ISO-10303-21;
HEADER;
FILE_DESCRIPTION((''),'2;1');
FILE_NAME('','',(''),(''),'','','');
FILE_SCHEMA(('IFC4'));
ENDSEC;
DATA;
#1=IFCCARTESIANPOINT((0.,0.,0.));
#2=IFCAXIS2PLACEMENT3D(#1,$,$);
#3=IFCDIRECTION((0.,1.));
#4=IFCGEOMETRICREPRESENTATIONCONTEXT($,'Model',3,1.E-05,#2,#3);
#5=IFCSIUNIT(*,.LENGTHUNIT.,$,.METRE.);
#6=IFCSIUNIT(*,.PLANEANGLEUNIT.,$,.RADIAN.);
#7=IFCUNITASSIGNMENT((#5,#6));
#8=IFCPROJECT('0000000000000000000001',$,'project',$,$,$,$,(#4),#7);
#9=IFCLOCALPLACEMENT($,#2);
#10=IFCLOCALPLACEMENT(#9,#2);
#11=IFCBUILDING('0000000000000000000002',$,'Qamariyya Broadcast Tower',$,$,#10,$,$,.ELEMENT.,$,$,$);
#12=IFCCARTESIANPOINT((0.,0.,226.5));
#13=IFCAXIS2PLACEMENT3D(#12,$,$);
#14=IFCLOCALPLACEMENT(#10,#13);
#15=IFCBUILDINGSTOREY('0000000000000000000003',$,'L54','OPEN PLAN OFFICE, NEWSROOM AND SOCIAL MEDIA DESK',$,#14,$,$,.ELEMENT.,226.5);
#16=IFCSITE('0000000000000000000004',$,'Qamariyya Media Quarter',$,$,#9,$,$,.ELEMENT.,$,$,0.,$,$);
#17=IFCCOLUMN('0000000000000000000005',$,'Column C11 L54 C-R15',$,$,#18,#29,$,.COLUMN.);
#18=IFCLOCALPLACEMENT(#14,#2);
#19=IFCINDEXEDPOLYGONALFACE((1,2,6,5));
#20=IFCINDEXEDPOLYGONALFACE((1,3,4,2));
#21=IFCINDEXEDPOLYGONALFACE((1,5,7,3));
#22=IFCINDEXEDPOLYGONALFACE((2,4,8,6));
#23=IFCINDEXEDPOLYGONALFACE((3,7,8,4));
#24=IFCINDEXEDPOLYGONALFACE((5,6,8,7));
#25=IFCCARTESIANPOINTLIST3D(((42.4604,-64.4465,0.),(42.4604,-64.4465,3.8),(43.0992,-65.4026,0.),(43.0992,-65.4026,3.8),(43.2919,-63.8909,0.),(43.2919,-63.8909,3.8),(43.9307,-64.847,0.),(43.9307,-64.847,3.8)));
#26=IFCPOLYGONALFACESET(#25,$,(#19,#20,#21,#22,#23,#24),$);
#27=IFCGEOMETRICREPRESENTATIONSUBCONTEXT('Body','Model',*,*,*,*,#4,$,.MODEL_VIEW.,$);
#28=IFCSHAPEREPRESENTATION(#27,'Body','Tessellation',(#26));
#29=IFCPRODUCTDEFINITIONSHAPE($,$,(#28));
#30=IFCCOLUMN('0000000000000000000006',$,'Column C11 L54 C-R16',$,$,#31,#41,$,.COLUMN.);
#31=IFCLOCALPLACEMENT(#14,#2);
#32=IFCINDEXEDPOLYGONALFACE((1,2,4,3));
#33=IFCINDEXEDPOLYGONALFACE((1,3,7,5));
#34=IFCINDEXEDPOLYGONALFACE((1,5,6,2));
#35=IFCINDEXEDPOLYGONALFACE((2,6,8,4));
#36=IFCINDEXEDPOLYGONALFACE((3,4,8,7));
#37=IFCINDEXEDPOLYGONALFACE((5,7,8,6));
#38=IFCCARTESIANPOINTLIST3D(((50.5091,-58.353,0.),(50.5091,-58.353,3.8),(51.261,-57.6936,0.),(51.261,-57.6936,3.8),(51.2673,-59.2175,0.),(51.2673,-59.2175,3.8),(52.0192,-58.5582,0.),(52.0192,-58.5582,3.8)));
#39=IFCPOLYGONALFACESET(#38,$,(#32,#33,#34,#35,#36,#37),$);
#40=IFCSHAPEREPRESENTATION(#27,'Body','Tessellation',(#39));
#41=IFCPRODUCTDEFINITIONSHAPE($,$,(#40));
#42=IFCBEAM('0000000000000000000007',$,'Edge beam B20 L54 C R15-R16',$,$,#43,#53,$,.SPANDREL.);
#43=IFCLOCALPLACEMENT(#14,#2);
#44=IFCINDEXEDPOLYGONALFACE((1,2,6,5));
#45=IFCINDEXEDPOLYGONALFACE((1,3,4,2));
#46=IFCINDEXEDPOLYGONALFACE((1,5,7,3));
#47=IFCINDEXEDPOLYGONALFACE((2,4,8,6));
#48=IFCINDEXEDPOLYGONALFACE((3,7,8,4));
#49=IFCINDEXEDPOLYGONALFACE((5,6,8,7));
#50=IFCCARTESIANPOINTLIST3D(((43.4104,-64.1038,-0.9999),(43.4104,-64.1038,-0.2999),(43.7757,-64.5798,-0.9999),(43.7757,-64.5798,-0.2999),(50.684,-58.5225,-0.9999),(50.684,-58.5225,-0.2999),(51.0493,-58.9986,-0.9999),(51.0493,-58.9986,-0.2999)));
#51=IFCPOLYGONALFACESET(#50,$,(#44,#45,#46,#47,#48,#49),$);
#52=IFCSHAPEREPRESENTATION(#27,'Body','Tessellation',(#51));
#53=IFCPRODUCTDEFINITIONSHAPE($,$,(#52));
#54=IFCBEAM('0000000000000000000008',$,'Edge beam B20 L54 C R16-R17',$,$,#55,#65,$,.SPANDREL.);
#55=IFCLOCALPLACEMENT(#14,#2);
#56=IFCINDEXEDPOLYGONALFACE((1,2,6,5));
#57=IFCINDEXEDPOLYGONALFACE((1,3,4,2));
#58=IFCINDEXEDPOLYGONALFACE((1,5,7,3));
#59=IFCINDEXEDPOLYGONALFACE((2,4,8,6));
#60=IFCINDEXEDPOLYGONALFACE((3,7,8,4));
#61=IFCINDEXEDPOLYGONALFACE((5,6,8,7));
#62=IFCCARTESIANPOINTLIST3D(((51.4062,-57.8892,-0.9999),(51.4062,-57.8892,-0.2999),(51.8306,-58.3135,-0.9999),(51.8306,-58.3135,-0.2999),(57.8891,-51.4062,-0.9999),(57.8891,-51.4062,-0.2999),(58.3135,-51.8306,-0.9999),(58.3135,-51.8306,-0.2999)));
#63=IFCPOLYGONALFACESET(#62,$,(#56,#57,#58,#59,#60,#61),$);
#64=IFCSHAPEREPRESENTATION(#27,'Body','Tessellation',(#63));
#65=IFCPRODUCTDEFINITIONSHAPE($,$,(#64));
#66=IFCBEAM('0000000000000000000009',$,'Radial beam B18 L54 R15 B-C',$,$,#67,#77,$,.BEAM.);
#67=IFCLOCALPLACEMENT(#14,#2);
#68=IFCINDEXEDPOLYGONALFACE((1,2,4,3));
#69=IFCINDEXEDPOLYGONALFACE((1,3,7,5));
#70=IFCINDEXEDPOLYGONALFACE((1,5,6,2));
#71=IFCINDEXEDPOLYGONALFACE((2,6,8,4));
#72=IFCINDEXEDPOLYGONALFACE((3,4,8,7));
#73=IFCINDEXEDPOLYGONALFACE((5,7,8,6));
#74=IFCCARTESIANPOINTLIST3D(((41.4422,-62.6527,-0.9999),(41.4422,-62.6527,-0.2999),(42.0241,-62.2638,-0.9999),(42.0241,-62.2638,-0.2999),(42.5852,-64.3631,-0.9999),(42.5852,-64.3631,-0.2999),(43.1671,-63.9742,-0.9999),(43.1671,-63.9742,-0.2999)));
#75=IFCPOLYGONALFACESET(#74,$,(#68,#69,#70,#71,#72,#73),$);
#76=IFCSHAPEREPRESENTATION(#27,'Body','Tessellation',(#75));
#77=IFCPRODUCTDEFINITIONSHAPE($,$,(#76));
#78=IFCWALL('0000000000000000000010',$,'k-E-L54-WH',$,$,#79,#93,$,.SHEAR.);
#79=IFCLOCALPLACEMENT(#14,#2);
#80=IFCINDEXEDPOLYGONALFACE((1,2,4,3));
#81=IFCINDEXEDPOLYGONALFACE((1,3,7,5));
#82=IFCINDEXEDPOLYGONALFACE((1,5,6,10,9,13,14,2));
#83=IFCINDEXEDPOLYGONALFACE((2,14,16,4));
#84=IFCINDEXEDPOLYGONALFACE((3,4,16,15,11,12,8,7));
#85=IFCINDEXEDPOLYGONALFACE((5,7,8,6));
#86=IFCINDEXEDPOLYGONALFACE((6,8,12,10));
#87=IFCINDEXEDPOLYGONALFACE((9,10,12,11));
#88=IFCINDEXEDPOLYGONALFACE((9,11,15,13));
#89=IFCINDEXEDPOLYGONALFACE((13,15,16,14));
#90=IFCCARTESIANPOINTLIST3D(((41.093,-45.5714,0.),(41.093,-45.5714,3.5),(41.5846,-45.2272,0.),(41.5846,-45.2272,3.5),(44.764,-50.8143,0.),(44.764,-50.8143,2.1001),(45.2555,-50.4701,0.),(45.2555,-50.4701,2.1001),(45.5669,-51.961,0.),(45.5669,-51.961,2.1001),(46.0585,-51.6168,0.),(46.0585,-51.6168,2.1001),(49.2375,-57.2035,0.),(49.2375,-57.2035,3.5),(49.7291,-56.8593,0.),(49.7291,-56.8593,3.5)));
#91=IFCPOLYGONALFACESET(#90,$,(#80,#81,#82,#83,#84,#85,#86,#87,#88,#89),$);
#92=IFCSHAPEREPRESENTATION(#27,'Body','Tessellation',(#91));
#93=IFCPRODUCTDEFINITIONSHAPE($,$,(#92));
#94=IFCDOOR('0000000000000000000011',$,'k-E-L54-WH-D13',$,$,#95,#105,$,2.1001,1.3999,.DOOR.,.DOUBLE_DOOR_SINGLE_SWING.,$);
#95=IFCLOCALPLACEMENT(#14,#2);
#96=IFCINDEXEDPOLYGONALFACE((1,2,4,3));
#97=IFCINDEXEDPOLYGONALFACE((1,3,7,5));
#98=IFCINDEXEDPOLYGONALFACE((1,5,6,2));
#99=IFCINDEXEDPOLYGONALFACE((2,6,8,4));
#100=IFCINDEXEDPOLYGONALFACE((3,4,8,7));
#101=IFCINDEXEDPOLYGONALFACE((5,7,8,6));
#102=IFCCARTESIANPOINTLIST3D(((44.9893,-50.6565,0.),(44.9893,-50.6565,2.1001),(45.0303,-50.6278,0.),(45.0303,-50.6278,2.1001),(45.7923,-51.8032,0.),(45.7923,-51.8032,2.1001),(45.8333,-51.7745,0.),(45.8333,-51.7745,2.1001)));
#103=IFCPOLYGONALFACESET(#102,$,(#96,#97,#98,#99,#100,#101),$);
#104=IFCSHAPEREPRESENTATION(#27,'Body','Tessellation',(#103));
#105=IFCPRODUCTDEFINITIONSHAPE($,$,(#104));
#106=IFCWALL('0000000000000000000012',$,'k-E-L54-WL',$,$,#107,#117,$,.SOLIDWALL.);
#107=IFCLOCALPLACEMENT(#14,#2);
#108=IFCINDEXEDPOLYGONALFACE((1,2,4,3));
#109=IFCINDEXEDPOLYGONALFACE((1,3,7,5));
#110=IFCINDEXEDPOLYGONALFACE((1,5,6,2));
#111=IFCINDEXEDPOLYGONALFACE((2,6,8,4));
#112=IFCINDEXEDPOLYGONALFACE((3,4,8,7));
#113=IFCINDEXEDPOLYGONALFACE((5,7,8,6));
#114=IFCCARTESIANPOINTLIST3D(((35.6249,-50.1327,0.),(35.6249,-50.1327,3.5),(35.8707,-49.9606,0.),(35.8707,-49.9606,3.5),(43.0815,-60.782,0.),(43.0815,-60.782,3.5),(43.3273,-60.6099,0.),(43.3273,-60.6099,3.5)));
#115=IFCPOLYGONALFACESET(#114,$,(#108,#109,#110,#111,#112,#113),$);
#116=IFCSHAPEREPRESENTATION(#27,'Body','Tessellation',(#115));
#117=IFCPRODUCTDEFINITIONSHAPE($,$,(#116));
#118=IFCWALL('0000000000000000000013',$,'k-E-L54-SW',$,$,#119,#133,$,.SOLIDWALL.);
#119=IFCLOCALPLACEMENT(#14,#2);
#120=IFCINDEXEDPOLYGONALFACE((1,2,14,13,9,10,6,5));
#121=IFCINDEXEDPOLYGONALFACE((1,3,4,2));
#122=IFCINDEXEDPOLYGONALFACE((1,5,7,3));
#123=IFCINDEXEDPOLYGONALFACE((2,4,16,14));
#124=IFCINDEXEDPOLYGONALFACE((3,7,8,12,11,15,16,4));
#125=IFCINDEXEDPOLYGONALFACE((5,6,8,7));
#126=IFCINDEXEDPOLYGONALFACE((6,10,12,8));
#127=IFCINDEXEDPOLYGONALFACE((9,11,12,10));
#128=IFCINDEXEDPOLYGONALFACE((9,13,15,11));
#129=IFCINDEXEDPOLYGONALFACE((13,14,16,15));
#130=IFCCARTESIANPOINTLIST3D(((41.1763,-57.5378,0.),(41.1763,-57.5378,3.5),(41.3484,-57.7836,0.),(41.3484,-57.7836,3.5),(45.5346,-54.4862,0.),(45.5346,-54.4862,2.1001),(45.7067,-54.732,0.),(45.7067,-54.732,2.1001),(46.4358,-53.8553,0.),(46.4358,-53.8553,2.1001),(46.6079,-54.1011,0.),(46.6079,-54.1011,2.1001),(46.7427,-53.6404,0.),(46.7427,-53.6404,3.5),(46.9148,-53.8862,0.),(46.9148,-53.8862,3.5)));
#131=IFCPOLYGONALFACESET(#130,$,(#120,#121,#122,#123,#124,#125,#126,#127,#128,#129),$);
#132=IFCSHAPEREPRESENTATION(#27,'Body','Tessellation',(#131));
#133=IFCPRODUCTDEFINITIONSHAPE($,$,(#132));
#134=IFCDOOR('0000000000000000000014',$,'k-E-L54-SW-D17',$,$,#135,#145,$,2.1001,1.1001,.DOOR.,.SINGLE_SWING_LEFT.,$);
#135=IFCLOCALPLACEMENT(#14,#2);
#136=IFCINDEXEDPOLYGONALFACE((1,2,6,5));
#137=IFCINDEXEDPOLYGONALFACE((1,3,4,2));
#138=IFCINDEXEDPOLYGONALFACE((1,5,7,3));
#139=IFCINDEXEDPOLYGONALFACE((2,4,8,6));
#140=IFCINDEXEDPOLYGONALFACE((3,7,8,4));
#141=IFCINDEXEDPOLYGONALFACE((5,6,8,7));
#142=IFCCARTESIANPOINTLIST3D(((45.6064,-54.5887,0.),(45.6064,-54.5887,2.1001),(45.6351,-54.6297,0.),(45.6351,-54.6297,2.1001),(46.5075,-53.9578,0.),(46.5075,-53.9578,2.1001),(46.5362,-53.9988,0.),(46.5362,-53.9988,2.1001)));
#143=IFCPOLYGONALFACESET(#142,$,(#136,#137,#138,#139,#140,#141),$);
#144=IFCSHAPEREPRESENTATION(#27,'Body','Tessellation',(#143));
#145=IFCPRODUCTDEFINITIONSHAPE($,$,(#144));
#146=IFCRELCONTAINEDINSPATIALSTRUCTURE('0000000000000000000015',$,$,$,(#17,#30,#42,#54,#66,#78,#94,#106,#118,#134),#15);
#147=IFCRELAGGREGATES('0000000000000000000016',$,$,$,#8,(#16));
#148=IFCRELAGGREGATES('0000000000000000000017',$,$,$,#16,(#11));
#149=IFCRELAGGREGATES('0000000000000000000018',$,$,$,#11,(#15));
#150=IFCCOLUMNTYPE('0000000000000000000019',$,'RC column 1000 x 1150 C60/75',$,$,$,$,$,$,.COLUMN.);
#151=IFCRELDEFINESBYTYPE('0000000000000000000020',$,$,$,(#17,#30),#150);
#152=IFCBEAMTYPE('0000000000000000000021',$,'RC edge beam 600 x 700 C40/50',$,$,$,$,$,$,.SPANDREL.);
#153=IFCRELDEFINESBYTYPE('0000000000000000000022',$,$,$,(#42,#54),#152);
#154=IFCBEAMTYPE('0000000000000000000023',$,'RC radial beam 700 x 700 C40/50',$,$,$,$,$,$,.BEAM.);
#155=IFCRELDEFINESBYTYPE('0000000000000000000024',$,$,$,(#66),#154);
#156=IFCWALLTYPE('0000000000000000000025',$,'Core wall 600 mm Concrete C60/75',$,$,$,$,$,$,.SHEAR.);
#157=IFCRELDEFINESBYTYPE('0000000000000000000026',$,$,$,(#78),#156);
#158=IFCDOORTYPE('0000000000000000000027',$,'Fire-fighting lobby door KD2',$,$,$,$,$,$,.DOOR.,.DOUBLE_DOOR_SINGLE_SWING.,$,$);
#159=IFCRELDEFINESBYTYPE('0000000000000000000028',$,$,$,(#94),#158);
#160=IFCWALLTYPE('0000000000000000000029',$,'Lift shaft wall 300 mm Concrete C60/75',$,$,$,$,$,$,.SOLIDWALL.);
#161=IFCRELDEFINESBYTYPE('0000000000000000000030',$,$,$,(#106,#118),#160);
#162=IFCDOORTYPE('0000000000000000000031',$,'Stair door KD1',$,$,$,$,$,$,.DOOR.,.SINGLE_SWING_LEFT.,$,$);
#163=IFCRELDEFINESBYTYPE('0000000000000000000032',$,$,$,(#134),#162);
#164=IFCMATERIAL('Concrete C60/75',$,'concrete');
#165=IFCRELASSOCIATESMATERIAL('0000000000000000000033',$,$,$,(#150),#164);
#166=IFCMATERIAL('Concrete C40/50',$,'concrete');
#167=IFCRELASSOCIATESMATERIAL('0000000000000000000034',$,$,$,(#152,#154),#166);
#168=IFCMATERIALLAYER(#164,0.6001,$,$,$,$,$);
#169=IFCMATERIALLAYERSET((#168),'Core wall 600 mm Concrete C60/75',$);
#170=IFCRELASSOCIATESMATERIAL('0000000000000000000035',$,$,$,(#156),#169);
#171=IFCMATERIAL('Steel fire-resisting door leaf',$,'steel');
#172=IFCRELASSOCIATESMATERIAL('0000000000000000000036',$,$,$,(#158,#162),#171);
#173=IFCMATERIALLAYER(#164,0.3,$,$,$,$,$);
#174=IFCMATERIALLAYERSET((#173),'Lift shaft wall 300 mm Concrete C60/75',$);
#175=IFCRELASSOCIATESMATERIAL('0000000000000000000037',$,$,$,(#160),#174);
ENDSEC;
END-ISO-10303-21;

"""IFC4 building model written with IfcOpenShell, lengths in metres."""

from ifc_helpers import new_model, si_unit, direction, frame, frame_2d, origin, origin_2d, place, context, subcontext, project, spatial, rectangle, extrude, material, layer, layer_set, material_profile, profile_set, type_object, element, fill, save


model = new_model("IFC4")

# Units and contexts
model_context = context("Model", 3, precision=1e-05, world=origin(), true_north=direction((0.0, 1.0)))
body_context = subcontext(model_context, "Body", "Model", "MODEL_VIEW")
ifc_project = project(units=[si_unit("LENGTHUNIT", "METRE"), si_unit("PLANEANGLEUNIT", "RADIAN")], contexts=[model_context])

# Site, building, storey
site_placement = place(None, origin())
site = spatial("IfcSite", under=ifc_project, at=site_placement, Name="Qamariyya Media Quarter", CompositionType="ELEMENT", RefElevation=0.0)
building_placement = place(site_placement, origin())
building = spatial("IfcBuilding", under=site, at=building_placement, Name="Qamariyya Broadcast Tower", CompositionType="ELEMENT")
storey_placement = place(building_placement, frame((0.0, 0.0, 226.5)))
storey = spatial("IfcBuildingStorey", under=building, at=storey_placement, Name="L54", Description="OPEN PLAN OFFICE, NEWSROOM AND SOCIAL MEDIA DESK", CompositionType="ELEMENT", Elevation=226.5)

# Columns
ifc_material_1 = material(Name="Concrete C60/75", Category="concrete")
ifc_material_profile_1 = material_profile(ifc_material_1, rectangle(XDim=1.0, YDim=1.1499, at=origin_2d()))
ifc_profile_set_1 = profile_set([ifc_material_profile_1], Name="Concrete C60/75")
column_type = type_object("IfcColumnType", Name="RC column 1000 x 1150 C60/75", PredefinedType="COLUMN", material=ifc_profile_set_1)
for number, where, z_axis, x_axis, name in (
    (1, (43.1956, -64.6467, 0.0), (0.0, 0.0, 1.0), (0.83147, 0.55557, 0.0), "Column C11 L54 C-R15"),
    (2, (51.2642, -58.4556, 0.0), (0.0, 0.0, 1.0), (0.75184, 0.659346, 0.0), "Column C11 L54 C-R16"),
):
    element("IfcColumn", number, at=place(storey_placement, frame(where, z_axis=z_axis, x_axis=x_axis)), inside=storey, type_object=column_type, Name=name, PredefinedType="COLUMN", context=body_context, shape_type="SweptSolid", body=[
        extrude(rectangle(XDim=1.0, YDim=1.1499, at=origin_2d()), origin(), (0.0, 0.0, 1.0), 3.8),
    ])

# Beams
ifc_material_2 = material(Name="Concrete C40/50", Category="concrete")
ifc_material_profile_2 = material_profile(ifc_material_2, rectangle(XDim=0.6001, YDim=0.7, at=origin_2d()))
ifc_profile_set_2 = profile_set([ifc_material_profile_2], Name="Concrete C40/50")
beam_type_1 = type_object("IfcBeamType", Name="RC edge beam 600 x 700 C40/50", PredefinedType="SPANDREL", material=ifc_profile_set_2)
for number, where, z_axis, x_axis, name in (
    (3, (43.593, -64.3418, -0.6499), (0.793353, 0.608762, 0.0), (-0.608762, 0.793353, 0.0), "Edge beam B20 L54 C R15-R16"),
    (4, (51.6184, -58.1013, -0.6499), (0.707107, 0.707107, 0.0), (-0.707107, 0.707107, 0.0), "Edge beam B20 L54 C R16-R17"),
):
    element("IfcBeam", number, at=place(storey_placement, frame(where, z_axis=z_axis, x_axis=x_axis)), inside=storey, type_object=beam_type_1, Name=name, PredefinedType="SPANDREL", context=body_context, shape_type="SweptSolid", body=[
        extrude(rectangle(XDim=0.6001, YDim=0.7, at=origin_2d()), origin(), (0.0, 0.0, 1.0), 9.1682),
    ])
ifc_material_profile_3 = material_profile(ifc_material_2, rectangle(XDim=0.7, YDim=0.7, at=origin_2d()))
ifc_profile_set_3 = profile_set([ifc_material_profile_3], Name="Concrete C40/50")
beam_type_2 = type_object("IfcBeamType", Name="RC radial beam 700 x 700 C40/50", PredefinedType="BEAM", material=ifc_profile_set_3)
beam_placement = place(storey_placement, frame((41.7332, -62.4583, -0.6499), z_axis=(0.555631, -0.831429, 0.0), x_axis=(0.831429, 0.555631, 0.0)))
element("IfcBeam", 5, at=beam_placement, inside=storey, type_object=beam_type_2, Name="Radial beam B18 L54 R15 B-C", PredefinedType="BEAM", context=body_context, shape_type="SweptSolid", body=[
    extrude(rectangle(XDim=0.7, YDim=0.7, at=origin_2d()), origin(), (0.0, 0.0, 1.0), 2.0571),
])

# Wall, opening, door
ifc_layer_1 = layer(ifc_material_1, 0.6001)
ifc_layer_set_1 = layer_set([ifc_layer_1], Name="Core wall 600 mm Concrete C60/75")
wall_type_1 = type_object("IfcWallType", Name="Core wall 600 mm Concrete C60/75", PredefinedType="SHEAR", material=ifc_layer_set_1)
wall_1_placement = place(storey_placement, frame((49.4834, -57.0315, 0.0), z_axis=(0.0, 0.0, 1.0), x_axis=(-0.57356, 0.819163, 0.0)))
wall_1 = element("IfcWall", 6, at=wall_1_placement, inside=storey, type_object=wall_type_1, Name="k-E-L54-WH", PredefinedType="SHEAR", context=body_context, shape_type="SweptSolid", body=[
    extrude(rectangle(XDim=14.2, YDim=0.6001, at=frame_2d((7.1001, 0.0))), origin(), (0.0, 0.0, 1.0), 3.5),
])
opening_1_placement = place(wall_1_placement, frame((6.3999, 0.0, 0.0)))
opening_1 = element("IfcOpeningElement", 7, at=opening_1_placement, cuts=wall_1, PredefinedType="OPENING", context=body_context, shape_type="SweptSolid", body=[
    extrude(rectangle(XDim=1.3999, YDim=2.1001, at=frame_2d((0.7, 1.05))), frame((0.0, 0.3101, 0.0), z_axis=(0.0, -1.0, 0.0), x_axis=(1.0, 0.0, 0.0)), (0.0, 0.0, 1.0), 0.6201),
])
ifc_material_3 = material(Name="Steel fire-resisting door leaf", Category="steel")
door_type_1 = type_object("IfcDoorType", Name="Fire-fighting lobby door KD2", OperationType="DOUBLE_DOOR_SINGLE_SWING", PredefinedType="DOOR", material=ifc_material_3)
door_1_placement = place(opening_1_placement, origin())
door_1 = element("IfcDoor", 8, at=door_1_placement, inside=storey, type_object=door_type_1, Name="k-E-L54-WH-D13", OperationType="DOUBLE_DOOR_SINGLE_SWING", OverallHeight=2.1001, OverallWidth=1.3999, PredefinedType="DOOR", context=body_context, shape_type="SweptSolid", body=[
    extrude(rectangle(XDim=1.3999, YDim=2.1001, at=frame_2d((0.7, 1.05))), frame((0.0, 0.0249, 0.0), z_axis=(0.0, -1.0, 0.0), x_axis=(1.0, 0.0, 0.0)), (0.0, 0.0, 1.0), 0.05),
])
fill(opening_1, door_1)

# Wall
ifc_layer_2 = layer(ifc_material_1, 0.3)
ifc_layer_set_2 = layer_set([ifc_layer_2], Name="Lift shaft wall 300 mm Concrete C60/75")
wall_type_2 = type_object("IfcWallType", Name="Lift shaft wall 300 mm Concrete C60/75", PredefinedType="SOLIDWALL", material=ifc_layer_set_2)
wall_2_placement = place(storey_placement, frame((43.2043, -60.6958, 0.0), z_axis=(0.0, 0.0, 1.0), x_axis=(-0.573572, 0.819155, 0.0)))
element("IfcWall", 9, at=wall_2_placement, inside=storey, type_object=wall_type_2, Name="k-E-L54-WL", PredefinedType="SOLIDWALL", context=body_context, shape_type="SweptSolid", body=[
    extrude(rectangle(XDim=13.0002, YDim=0.3, at=frame_2d((6.5, 0.0))), origin(), (0.0, 0.0, 1.0), 3.5),
])

# Wall, opening, door
wall_3_placement = place(storey_placement, frame((41.2625, -57.6606, 0.0), z_axis=(0.0, 0.0, 1.0), x_axis=(0.819164, 0.573559, 0.0)))
wall_3 = element("IfcWall", 10, at=wall_3_placement, inside=storey, type_object=wall_type_2, Name="k-E-L54-SW", PredefinedType="SOLIDWALL", context=body_context, shape_type="SweptSolid", body=[
    extrude(rectangle(XDim=6.7952, YDim=0.3, at=frame_2d((3.3975, 0.0))), origin(), (0.0, 0.0, 1.0), 3.5),
])
opening_2_placement = place(wall_3_placement, frame((5.3203, 0.0, 0.0)))
opening_2 = element("IfcOpeningElement", 11, at=opening_2_placement, cuts=wall_3, PredefinedType="OPENING", context=body_context, shape_type="SweptSolid", body=[
    extrude(rectangle(XDim=1.1001, YDim=2.1001, at=frame_2d((0.55, 1.05))), frame((0.0, 0.1599, 0.0), z_axis=(0.0, -1.0, 0.0), x_axis=(1.0, 0.0, 0.0)), (0.0, 0.0, 1.0), 0.3201),
])
door_type_2 = type_object("IfcDoorType", Name="Stair door KD1", OperationType="SINGLE_SWING_LEFT", PredefinedType="DOOR", material=ifc_material_3)
door_2_placement = place(opening_2_placement, origin())
door_2 = element("IfcDoor", 12, at=door_2_placement, inside=storey, type_object=door_type_2, Name="k-E-L54-SW-D17", OperationType="SINGLE_SWING_LEFT", OverallHeight=2.1001, OverallWidth=1.1001, PredefinedType="DOOR", context=body_context, shape_type="SweptSolid", body=[
    extrude(rectangle(XDim=1.1001, YDim=2.1001, at=frame_2d((0.55, 1.05))), frame((0.0, 0.0249, 0.0), z_axis=(0.0, -1.0, 0.0), x_axis=(1.0, 0.0, 0.0)), (0.0, 0.0, 1.0), 0.05),
])
fill(opening_2, door_2)

save(model, "model.ifc")
